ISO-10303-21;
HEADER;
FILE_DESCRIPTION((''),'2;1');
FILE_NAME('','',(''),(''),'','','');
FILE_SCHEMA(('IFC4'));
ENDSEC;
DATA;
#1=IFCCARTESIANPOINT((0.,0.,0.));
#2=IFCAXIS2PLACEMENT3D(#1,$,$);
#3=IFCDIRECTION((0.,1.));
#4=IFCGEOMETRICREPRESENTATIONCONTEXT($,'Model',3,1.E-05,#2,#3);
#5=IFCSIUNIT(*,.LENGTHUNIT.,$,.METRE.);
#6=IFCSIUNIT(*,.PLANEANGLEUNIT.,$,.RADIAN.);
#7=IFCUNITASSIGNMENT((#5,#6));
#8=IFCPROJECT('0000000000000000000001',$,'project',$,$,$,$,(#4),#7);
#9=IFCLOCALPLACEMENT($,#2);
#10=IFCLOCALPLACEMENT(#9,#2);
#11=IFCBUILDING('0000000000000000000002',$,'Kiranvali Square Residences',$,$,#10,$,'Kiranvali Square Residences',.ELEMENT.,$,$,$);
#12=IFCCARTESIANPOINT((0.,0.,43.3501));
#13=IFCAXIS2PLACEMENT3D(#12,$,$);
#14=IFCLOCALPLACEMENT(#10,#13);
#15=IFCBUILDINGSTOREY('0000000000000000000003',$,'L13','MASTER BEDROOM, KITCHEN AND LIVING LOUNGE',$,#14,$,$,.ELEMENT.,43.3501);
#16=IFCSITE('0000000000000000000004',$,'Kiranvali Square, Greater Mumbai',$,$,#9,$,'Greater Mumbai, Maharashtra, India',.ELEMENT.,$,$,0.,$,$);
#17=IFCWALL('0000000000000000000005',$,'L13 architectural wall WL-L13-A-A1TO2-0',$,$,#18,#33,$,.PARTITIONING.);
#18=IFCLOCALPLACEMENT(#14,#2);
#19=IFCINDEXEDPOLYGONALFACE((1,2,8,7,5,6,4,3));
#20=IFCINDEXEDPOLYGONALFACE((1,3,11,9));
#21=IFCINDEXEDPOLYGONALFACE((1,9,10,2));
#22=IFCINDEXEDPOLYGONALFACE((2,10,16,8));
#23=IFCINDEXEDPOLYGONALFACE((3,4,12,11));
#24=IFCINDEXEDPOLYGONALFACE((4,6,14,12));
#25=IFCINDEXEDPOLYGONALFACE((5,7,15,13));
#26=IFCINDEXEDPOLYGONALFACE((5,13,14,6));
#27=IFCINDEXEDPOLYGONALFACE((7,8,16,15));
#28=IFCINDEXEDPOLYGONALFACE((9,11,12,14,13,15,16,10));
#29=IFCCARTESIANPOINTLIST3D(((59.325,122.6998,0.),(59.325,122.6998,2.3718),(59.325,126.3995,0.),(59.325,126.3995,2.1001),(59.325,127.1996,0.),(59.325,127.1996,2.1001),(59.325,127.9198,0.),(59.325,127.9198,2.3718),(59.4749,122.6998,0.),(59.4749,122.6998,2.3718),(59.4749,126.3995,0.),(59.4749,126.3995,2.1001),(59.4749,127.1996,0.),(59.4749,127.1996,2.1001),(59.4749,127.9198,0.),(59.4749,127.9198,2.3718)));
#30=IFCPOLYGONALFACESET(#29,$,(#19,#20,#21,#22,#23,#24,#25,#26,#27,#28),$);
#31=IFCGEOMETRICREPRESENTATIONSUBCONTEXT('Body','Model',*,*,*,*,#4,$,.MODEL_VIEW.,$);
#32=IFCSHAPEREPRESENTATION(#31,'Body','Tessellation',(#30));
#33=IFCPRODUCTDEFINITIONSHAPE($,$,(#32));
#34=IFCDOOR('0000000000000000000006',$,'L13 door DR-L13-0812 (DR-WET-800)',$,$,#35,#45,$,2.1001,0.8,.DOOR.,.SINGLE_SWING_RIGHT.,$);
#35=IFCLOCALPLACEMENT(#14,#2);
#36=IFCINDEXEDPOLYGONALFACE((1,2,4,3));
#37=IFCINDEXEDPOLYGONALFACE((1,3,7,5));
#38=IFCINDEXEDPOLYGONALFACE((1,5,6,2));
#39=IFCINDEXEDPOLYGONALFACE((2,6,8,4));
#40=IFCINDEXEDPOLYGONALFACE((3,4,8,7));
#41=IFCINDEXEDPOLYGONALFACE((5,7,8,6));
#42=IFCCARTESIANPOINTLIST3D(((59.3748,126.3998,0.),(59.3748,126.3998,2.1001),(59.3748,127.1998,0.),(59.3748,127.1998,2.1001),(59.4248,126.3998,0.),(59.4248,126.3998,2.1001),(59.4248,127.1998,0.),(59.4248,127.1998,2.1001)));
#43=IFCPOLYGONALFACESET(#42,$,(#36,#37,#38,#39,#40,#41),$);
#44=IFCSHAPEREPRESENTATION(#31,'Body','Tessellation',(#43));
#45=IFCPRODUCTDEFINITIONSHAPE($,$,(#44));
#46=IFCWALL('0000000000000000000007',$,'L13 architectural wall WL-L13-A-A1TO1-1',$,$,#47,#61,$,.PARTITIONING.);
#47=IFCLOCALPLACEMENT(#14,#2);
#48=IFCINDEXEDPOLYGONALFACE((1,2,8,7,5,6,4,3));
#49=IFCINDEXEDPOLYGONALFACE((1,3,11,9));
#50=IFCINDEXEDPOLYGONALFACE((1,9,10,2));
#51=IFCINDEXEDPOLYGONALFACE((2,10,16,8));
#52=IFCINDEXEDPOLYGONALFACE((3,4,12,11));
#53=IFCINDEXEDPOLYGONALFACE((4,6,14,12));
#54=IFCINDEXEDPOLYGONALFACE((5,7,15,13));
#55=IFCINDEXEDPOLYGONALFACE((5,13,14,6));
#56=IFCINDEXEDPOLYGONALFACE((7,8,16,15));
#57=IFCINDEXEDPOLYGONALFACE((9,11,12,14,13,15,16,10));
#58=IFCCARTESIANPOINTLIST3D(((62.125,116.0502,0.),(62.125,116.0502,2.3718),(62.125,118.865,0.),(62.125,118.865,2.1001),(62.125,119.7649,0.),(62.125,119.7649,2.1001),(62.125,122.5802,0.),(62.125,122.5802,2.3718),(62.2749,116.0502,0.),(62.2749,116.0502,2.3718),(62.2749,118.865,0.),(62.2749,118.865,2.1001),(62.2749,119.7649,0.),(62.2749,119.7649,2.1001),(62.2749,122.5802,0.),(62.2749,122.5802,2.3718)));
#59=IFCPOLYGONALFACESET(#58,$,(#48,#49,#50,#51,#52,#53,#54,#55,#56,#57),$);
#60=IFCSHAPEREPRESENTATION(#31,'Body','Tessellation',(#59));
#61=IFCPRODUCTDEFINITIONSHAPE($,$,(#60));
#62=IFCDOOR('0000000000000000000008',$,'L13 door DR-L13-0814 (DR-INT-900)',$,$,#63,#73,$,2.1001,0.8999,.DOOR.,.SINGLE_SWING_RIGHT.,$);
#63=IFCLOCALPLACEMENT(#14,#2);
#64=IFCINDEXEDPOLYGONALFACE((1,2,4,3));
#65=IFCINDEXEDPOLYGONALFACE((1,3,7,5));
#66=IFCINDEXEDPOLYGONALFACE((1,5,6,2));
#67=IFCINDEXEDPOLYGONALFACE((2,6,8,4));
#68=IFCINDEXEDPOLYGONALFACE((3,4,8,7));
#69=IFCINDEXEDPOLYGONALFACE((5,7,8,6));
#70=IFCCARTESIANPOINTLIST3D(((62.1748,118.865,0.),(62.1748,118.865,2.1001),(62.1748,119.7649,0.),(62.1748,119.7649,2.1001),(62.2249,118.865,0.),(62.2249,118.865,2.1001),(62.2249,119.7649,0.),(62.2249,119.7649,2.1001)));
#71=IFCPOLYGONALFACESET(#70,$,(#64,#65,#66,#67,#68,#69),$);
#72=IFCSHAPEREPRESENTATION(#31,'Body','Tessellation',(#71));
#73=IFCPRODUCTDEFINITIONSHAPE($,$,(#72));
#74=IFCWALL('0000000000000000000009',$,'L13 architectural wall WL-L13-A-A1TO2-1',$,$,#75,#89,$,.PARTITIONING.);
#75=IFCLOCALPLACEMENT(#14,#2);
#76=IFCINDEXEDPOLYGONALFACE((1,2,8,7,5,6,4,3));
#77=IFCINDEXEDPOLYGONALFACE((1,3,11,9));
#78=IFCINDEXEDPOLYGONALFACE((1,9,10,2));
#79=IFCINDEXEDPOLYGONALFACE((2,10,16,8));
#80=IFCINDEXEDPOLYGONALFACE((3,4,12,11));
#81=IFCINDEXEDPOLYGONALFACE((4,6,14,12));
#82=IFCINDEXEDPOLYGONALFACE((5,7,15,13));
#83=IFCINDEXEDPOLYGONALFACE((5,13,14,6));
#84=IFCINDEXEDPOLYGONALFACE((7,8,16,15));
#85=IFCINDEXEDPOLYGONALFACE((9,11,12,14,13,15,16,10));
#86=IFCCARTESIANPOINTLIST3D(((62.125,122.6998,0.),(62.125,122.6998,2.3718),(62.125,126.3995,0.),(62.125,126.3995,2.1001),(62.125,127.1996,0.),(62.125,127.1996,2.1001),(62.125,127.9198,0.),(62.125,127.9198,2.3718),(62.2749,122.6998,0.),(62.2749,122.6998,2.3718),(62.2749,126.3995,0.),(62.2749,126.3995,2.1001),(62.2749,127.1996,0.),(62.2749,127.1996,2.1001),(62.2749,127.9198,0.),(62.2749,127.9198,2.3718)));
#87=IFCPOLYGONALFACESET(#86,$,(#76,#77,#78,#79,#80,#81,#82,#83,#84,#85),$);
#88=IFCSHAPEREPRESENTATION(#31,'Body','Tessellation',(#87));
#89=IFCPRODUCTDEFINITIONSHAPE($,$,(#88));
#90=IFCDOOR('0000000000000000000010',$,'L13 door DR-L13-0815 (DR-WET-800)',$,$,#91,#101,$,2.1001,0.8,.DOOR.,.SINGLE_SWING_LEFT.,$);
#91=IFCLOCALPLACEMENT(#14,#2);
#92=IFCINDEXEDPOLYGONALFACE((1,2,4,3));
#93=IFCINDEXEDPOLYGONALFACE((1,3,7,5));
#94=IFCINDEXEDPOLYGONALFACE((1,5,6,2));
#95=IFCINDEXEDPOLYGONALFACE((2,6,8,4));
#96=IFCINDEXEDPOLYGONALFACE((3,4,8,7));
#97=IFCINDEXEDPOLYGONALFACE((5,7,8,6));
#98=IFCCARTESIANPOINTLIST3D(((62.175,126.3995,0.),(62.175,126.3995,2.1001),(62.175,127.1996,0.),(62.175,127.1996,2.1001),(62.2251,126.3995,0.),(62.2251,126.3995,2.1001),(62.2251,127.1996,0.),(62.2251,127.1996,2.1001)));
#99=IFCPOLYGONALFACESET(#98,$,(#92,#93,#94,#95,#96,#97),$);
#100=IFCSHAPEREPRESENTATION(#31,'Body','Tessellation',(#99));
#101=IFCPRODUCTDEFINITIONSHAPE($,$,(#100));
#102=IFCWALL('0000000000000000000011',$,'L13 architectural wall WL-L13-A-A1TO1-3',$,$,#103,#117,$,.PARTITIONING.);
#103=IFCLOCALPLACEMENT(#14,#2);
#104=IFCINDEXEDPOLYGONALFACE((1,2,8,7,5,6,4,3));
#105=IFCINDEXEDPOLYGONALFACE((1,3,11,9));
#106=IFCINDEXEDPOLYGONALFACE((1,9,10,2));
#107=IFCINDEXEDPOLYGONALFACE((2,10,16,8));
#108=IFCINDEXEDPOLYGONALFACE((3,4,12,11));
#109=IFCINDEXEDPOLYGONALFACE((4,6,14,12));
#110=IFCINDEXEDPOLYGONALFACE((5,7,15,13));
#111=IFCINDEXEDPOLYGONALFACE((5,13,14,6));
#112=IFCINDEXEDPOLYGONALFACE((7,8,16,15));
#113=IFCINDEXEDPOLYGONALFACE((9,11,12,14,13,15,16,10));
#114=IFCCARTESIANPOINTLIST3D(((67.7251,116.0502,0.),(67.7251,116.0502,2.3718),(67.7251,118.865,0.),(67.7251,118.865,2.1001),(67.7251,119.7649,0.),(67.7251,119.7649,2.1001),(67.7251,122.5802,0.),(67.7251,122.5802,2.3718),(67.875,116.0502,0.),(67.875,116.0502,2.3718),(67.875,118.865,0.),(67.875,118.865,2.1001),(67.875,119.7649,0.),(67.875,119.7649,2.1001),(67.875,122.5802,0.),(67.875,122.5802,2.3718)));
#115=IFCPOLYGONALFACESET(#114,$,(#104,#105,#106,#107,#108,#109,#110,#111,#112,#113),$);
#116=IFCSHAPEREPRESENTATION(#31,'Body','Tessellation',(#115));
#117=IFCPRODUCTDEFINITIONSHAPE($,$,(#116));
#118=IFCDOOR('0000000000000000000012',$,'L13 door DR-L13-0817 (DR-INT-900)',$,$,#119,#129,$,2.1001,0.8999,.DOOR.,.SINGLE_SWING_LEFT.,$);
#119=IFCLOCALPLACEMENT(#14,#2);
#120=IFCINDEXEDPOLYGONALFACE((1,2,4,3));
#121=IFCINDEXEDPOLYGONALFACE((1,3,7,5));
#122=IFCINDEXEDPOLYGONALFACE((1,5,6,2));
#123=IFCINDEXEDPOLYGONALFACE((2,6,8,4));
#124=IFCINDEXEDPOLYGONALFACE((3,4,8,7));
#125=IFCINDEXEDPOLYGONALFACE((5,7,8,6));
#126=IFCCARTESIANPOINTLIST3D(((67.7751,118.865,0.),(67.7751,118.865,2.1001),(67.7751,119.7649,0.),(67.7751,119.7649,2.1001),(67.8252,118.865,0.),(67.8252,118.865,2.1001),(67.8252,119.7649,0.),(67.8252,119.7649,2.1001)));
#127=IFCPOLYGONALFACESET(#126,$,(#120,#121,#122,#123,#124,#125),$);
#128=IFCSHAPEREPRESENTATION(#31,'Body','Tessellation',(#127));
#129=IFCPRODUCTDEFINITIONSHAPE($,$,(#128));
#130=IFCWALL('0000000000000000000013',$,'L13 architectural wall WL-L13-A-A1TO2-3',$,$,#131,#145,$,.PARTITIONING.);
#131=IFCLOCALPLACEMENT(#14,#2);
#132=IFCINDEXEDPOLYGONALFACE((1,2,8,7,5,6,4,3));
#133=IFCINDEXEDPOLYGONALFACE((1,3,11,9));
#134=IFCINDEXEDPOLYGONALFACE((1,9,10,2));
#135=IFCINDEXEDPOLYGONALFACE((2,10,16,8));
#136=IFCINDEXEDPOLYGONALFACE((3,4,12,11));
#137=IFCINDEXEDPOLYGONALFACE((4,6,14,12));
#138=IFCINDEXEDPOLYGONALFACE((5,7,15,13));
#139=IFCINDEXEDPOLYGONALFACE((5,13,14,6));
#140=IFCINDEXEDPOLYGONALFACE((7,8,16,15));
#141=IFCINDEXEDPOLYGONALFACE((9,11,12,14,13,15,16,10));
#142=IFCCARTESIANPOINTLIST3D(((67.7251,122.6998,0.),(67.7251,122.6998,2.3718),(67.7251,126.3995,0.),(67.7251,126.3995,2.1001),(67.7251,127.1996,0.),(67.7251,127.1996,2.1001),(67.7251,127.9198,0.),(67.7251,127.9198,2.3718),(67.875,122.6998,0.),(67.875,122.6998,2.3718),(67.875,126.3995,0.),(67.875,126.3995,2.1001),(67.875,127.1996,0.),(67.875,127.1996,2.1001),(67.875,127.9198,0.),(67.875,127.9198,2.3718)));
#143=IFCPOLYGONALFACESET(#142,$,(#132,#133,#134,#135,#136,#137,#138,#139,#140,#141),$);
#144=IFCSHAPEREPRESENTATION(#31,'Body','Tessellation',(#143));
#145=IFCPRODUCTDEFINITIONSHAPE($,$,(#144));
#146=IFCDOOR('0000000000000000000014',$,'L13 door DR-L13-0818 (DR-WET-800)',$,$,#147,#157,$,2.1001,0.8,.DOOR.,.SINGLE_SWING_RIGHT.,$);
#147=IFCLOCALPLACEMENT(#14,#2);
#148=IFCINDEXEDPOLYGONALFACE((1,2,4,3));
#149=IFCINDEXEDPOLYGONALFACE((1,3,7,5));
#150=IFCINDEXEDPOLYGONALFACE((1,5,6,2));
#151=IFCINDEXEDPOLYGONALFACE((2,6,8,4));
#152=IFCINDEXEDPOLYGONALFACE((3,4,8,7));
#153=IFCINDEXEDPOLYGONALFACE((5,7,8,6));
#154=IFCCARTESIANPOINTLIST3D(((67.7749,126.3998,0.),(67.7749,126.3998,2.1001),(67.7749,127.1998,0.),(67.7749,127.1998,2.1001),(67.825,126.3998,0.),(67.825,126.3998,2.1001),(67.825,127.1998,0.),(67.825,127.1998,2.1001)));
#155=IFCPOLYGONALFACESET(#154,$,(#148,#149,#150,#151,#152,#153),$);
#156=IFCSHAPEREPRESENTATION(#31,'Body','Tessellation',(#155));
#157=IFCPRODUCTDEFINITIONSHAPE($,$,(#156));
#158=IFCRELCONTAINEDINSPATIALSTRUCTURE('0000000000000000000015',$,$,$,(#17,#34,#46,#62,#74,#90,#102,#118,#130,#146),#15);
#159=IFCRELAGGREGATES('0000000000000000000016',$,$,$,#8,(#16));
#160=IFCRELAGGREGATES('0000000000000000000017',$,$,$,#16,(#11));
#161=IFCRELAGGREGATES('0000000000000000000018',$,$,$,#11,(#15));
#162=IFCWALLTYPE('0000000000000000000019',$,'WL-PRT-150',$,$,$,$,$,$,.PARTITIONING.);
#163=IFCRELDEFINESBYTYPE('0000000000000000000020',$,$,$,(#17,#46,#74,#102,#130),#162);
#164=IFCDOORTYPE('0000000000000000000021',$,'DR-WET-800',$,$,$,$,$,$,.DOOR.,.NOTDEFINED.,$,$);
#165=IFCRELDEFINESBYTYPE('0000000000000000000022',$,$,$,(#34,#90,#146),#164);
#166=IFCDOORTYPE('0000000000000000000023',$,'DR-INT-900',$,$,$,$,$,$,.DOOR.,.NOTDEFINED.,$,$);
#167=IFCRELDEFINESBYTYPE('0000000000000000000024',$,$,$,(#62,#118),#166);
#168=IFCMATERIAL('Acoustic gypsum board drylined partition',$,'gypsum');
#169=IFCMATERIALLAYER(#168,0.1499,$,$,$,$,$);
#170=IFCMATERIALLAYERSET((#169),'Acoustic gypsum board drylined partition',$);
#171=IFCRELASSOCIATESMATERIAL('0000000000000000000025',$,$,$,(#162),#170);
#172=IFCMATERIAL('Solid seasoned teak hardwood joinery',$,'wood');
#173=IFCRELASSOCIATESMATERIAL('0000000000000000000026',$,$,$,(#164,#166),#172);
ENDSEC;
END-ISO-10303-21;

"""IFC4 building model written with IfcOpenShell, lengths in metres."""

from ifc_helpers import new_model, si_unit, direction, frame, frame_2d, origin, place, context, subcontext, project, spatial, rectangle, extrude, material, layer, layer_set, type_object, element, fill, save


model = new_model("IFC4")

# Units and contexts
model_context = context("Model", 3, precision=1e-05, world=origin(), true_north=direction((0.0, 1.0)))
body_context = subcontext(model_context, "Body", "Model", "MODEL_VIEW")
ifc_project = project(units=[si_unit("LENGTHUNIT", "METRE"), si_unit("PLANEANGLEUNIT", "RADIAN")], contexts=[model_context])

# Site, building, storey
site_placement = place(None, origin())
site = spatial("IfcSite", under=ifc_project, at=site_placement, Name="Kiranvali Square, Greater Mumbai", LongName="Greater Mumbai, Maharashtra, India", CompositionType="ELEMENT", RefElevation=0.0)
building_placement = place(site_placement, origin())
building = spatial("IfcBuilding", under=site, at=building_placement, Name="Kiranvali Square Residences", LongName="Kiranvali Square Residences", CompositionType="ELEMENT")
storey_placement = place(building_placement, frame((0.0, 0.0, 43.3501)))
storey = spatial("IfcBuildingStorey", under=building, at=storey_placement, Name="L13", Description="MASTER BEDROOM, KITCHEN AND LIVING LOUNGE", CompositionType="ELEMENT", Elevation=43.3501)

# Walls, openings, doors
ifc_material_1 = material(Name="Acoustic gypsum board drylined partition", Category="gypsum")
ifc_layer_1 = layer(ifc_material_1, 0.1499)
ifc_layer_set_1 = layer_set([ifc_layer_1], Name="Acoustic gypsum board drylined partition")
wall_type_1 = type_object("IfcWallType", Name="WL-PRT-150", PredefinedType="PARTITIONING", material=ifc_layer_set_1)
wall_1_placement = place(storey_placement, frame((59.3999, 122.7, 0.0), z_axis=(0.0, 0.0, 1.0), x_axis=(0.0, 1.0, 0.0)))
wall_1 = element("IfcWall", 1, at=wall_1_placement, inside=storey, type_object=wall_type_1, Name="L13 architectural wall WL-L13-A-A1TO2-0", PredefinedType="PARTITIONING", context=body_context, shape_type="SweptSolid", body=[
    extrude(rectangle(XDim=5.22, YDim=0.1499, at=frame_2d((2.6099, 0.0))), origin(), (0.0, 0.0, 1.0), 2.3718),
])
opening_1_placement = place(wall_1_placement, frame((3.6997, 0.0, 0.0)))
opening_1 = element("IfcOpeningElement", 2, at=opening_1_placement, cuts=wall_1, PredefinedType="OPENING", context=body_context, shape_type="SweptSolid", body=[
    extrude(rectangle(XDim=0.8, YDim=2.1001, at=frame_2d((0.3999, 1.05))), frame((0.0, 0.085, 0.0), z_axis=(0.0, -1.0, 0.0), x_axis=(1.0, 0.0, 0.0)), (0.0, 0.0, 1.0), 0.1699),
])
ifc_material_2 = material(Name="Solid seasoned teak hardwood joinery", Category="wood")
door_type_1 = type_object("IfcDoorType", Name="DR-WET-800", OperationType="NOTDEFINED", PredefinedType="DOOR", material=ifc_material_2)
door_1_placement = place(opening_1_placement, frame((0.8, 0.0, 0.0), z_axis=(0.0, 0.0, 1.0), x_axis=(-1.0, 0.0, 0.0)))
door_1 = element("IfcDoor", 3, at=door_1_placement, inside=storey, type_object=door_type_1, Name="L13 door DR-L13-0812 (DR-WET-800)", OperationType="SINGLE_SWING_RIGHT", OverallHeight=2.1001, OverallWidth=0.8, PredefinedType="DOOR", context=body_context, shape_type="SweptSolid", body=[
    extrude(rectangle(XDim=0.8, YDim=2.1001, at=frame_2d((0.3999, 1.05))), frame((0.0, 0.0249, 0.0), z_axis=(0.0, -1.0, 0.0), x_axis=(1.0, 0.0, 0.0)), (0.0, 0.0, 1.0), 0.05),
])
fill(opening_1, door_1)
wall_2_placement = place(storey_placement, frame((62.2, 116.05, 0.0), z_axis=(0.0, 0.0, 1.0), x_axis=(0.0, 1.0, 0.0)))
wall_2 = element("IfcWall", 4, at=wall_2_placement, inside=storey, type_object=wall_type_1, Name="L13 architectural wall WL-L13-A-A1TO1-1", PredefinedType="PARTITIONING", context=body_context, shape_type="SweptSolid", body=[
    extrude(rectangle(XDim=6.53, YDim=0.1499, at=frame_2d((3.2651, 0.0))), origin(), (0.0, 0.0, 1.0), 2.3718),
])
opening_2_placement = place(wall_2_placement, frame((2.8149, 0.0, 0.0)))
opening_2 = element("IfcOpeningElement", 5, at=opening_2_placement, cuts=wall_2, PredefinedType="OPENING", context=body_context, shape_type="SweptSolid", body=[
    extrude(rectangle(XDim=0.8999, YDim=2.1001, at=frame_2d((0.45, 1.05))), frame((0.0, 0.085, 0.0), z_axis=(0.0, -1.0, 0.0), x_axis=(1.0, 0.0, 0.0)), (0.0, 0.0, 1.0), 0.1699),
])
door_type_2 = type_object("IfcDoorType", Name="DR-INT-900", OperationType="NOTDEFINED", PredefinedType="DOOR", material=ifc_material_2)
door_2_placement = place(opening_2_placement, frame((0.8999, 0.0, 0.0), z_axis=(0.0, 0.0, 1.0), x_axis=(-1.0, 0.0, 0.0)))
door_2 = element("IfcDoor", 6, at=door_2_placement, inside=storey, type_object=door_type_2, Name="L13 door DR-L13-0814 (DR-INT-900)", OperationType="SINGLE_SWING_RIGHT", OverallHeight=2.1001, OverallWidth=0.8999, PredefinedType="DOOR", context=body_context, shape_type="SweptSolid", body=[
    extrude(rectangle(XDim=0.8999, YDim=2.1001, at=frame_2d((0.45, 1.05))), frame((0.0, 0.0249, 0.0), z_axis=(0.0, -1.0, 0.0), x_axis=(1.0, 0.0, 0.0)), (0.0, 0.0, 1.0), 0.05),
])
fill(opening_2, door_2)
wall_3_placement = place(storey_placement, frame((62.2, 122.7, 0.0), z_axis=(0.0, 0.0, 1.0), x_axis=(0.0, 1.0, 0.0)))
wall_3 = element("IfcWall", 7, at=wall_3_placement, inside=storey, type_object=wall_type_1, Name="L13 architectural wall WL-L13-A-A1TO2-1", PredefinedType="PARTITIONING", context=body_context, shape_type="SweptSolid", body=[
    extrude(rectangle(XDim=5.22, YDim=0.1499, at=frame_2d((2.6099, 0.0))), origin(), (0.0, 0.0, 1.0), 2.3718),
])
opening_3_placement = place(wall_3_placement, frame((3.6997, 0.0, 0.0)))
opening_3 = element("IfcOpeningElement", 8, at=opening_3_placement, cuts=wall_3, PredefinedType="OPENING", context=body_context, shape_type="SweptSolid", body=[
    extrude(rectangle(XDim=0.8, YDim=2.1001, at=frame_2d((0.3999, 1.05))), frame((0.0, 0.085, 0.0), z_axis=(0.0, -1.0, 0.0), x_axis=(1.0, 0.0, 0.0)), (0.0, 0.0, 1.0), 0.1699),
])
door_3_placement = place(opening_3_placement, origin())
door_3 = element("IfcDoor", 9, at=door_3_placement, inside=storey, type_object=door_type_1, Name="L13 door DR-L13-0815 (DR-WET-800)", OperationType="SINGLE_SWING_LEFT", OverallHeight=2.1001, OverallWidth=0.8, PredefinedType="DOOR", context=body_context, shape_type="SweptSolid", body=[
    extrude(rectangle(XDim=0.8, YDim=2.1001, at=frame_2d((0.3999, 1.05))), frame((0.0, 0.0249, 0.0), z_axis=(0.0, -1.0, 0.0), x_axis=(1.0, 0.0, 0.0)), (0.0, 0.0, 1.0), 0.05),
])
fill(opening_3, door_3)
wall_4_placement = place(storey_placement, frame((67.8, 116.05, 0.0), z_axis=(0.0, 0.0, 1.0), x_axis=(0.0, 1.0, 0.0)))
wall_4 = element("IfcWall", 10, at=wall_4_placement, inside=storey, type_object=wall_type_1, Name="L13 architectural wall WL-L13-A-A1TO1-3", PredefinedType="PARTITIONING", context=body_context, shape_type="SweptSolid", body=[
    extrude(rectangle(XDim=6.53, YDim=0.1499, at=frame_2d((3.2651, 0.0))), origin(), (0.0, 0.0, 1.0), 2.3718),
])
opening_4_placement = place(wall_4_placement, frame((2.8149, 0.0, 0.0)))
opening_4 = element("IfcOpeningElement", 11, at=opening_4_placement, cuts=wall_4, PredefinedType="OPENING", context=body_context, shape_type="SweptSolid", body=[
    extrude(rectangle(XDim=0.8999, YDim=2.1001, at=frame_2d((0.45, 1.05))), frame((0.0, 0.085, 0.0), z_axis=(0.0, -1.0, 0.0), x_axis=(1.0, 0.0, 0.0)), (0.0, 0.0, 1.0), 0.1699),
])
door_4_placement = place(opening_4_placement, origin())
door_4 = element("IfcDoor", 12, at=door_4_placement, inside=storey, type_object=door_type_2, Name="L13 door DR-L13-0817 (DR-INT-900)", OperationType="SINGLE_SWING_LEFT", OverallHeight=2.1001, OverallWidth=0.8999, PredefinedType="DOOR", context=body_context, shape_type="SweptSolid", body=[
    extrude(rectangle(XDim=0.8999, YDim=2.1001, at=frame_2d((0.45, 1.05))), frame((0.0, 0.0249, 0.0), z_axis=(0.0, -1.0, 0.0), x_axis=(1.0, 0.0, 0.0)), (0.0, 0.0, 1.0), 0.05),
])
fill(opening_4, door_4)
wall_5_placement = place(storey_placement, frame((67.8, 122.7, 0.0), z_axis=(0.0, 0.0, 1.0), x_axis=(0.0, 1.0, 0.0)))
wall_5 = element("IfcWall", 13, at=wall_5_placement, inside=storey, type_object=wall_type_1, Name="L13 architectural wall WL-L13-A-A1TO2-3", PredefinedType="PARTITIONING", context=body_context, shape_type="SweptSolid", body=[
    extrude(rectangle(XDim=5.22, YDim=0.1499, at=frame_2d((2.6099, 0.0))), origin(), (0.0, 0.0, 1.0), 2.3718),
])
opening_5_placement = place(wall_5_placement, frame((3.6997, 0.0, 0.0)))
opening_5 = element("IfcOpeningElement", 14, at=opening_5_placement, cuts=wall_5, PredefinedType="OPENING", context=body_context, shape_type="SweptSolid", body=[
    extrude(rectangle(XDim=0.8, YDim=2.1001, at=frame_2d((0.3999, 1.05))), frame((0.0, 0.085, 0.0), z_axis=(0.0, -1.0, 0.0), x_axis=(1.0, 0.0, 0.0)), (0.0, 0.0, 1.0), 0.1699),
])
door_5_placement = place(opening_5_placement, frame((0.8, 0.0, 0.0), z_axis=(0.0, 0.0, 1.0), x_axis=(-1.0, 0.0, 0.0)))
door_5 = element("IfcDoor", 15, at=door_5_placement, inside=storey, type_object=door_type_1, Name="L13 door DR-L13-0818 (DR-WET-800)", OperationType="SINGLE_SWING_RIGHT", OverallHeight=2.1001, OverallWidth=0.8, PredefinedType="DOOR", context=body_context, shape_type="SweptSolid", body=[
    extrude(rectangle(XDim=0.8, YDim=2.1001, at=frame_2d((0.3999, 1.05))), frame((0.0, 0.0249, 0.0), z_axis=(0.0, -1.0, 0.0), x_axis=(1.0, 0.0, 0.0)), (0.0, 0.0, 1.0), 0.05),
])
fill(opening_5, door_5)

save(model, "model.ifc")
